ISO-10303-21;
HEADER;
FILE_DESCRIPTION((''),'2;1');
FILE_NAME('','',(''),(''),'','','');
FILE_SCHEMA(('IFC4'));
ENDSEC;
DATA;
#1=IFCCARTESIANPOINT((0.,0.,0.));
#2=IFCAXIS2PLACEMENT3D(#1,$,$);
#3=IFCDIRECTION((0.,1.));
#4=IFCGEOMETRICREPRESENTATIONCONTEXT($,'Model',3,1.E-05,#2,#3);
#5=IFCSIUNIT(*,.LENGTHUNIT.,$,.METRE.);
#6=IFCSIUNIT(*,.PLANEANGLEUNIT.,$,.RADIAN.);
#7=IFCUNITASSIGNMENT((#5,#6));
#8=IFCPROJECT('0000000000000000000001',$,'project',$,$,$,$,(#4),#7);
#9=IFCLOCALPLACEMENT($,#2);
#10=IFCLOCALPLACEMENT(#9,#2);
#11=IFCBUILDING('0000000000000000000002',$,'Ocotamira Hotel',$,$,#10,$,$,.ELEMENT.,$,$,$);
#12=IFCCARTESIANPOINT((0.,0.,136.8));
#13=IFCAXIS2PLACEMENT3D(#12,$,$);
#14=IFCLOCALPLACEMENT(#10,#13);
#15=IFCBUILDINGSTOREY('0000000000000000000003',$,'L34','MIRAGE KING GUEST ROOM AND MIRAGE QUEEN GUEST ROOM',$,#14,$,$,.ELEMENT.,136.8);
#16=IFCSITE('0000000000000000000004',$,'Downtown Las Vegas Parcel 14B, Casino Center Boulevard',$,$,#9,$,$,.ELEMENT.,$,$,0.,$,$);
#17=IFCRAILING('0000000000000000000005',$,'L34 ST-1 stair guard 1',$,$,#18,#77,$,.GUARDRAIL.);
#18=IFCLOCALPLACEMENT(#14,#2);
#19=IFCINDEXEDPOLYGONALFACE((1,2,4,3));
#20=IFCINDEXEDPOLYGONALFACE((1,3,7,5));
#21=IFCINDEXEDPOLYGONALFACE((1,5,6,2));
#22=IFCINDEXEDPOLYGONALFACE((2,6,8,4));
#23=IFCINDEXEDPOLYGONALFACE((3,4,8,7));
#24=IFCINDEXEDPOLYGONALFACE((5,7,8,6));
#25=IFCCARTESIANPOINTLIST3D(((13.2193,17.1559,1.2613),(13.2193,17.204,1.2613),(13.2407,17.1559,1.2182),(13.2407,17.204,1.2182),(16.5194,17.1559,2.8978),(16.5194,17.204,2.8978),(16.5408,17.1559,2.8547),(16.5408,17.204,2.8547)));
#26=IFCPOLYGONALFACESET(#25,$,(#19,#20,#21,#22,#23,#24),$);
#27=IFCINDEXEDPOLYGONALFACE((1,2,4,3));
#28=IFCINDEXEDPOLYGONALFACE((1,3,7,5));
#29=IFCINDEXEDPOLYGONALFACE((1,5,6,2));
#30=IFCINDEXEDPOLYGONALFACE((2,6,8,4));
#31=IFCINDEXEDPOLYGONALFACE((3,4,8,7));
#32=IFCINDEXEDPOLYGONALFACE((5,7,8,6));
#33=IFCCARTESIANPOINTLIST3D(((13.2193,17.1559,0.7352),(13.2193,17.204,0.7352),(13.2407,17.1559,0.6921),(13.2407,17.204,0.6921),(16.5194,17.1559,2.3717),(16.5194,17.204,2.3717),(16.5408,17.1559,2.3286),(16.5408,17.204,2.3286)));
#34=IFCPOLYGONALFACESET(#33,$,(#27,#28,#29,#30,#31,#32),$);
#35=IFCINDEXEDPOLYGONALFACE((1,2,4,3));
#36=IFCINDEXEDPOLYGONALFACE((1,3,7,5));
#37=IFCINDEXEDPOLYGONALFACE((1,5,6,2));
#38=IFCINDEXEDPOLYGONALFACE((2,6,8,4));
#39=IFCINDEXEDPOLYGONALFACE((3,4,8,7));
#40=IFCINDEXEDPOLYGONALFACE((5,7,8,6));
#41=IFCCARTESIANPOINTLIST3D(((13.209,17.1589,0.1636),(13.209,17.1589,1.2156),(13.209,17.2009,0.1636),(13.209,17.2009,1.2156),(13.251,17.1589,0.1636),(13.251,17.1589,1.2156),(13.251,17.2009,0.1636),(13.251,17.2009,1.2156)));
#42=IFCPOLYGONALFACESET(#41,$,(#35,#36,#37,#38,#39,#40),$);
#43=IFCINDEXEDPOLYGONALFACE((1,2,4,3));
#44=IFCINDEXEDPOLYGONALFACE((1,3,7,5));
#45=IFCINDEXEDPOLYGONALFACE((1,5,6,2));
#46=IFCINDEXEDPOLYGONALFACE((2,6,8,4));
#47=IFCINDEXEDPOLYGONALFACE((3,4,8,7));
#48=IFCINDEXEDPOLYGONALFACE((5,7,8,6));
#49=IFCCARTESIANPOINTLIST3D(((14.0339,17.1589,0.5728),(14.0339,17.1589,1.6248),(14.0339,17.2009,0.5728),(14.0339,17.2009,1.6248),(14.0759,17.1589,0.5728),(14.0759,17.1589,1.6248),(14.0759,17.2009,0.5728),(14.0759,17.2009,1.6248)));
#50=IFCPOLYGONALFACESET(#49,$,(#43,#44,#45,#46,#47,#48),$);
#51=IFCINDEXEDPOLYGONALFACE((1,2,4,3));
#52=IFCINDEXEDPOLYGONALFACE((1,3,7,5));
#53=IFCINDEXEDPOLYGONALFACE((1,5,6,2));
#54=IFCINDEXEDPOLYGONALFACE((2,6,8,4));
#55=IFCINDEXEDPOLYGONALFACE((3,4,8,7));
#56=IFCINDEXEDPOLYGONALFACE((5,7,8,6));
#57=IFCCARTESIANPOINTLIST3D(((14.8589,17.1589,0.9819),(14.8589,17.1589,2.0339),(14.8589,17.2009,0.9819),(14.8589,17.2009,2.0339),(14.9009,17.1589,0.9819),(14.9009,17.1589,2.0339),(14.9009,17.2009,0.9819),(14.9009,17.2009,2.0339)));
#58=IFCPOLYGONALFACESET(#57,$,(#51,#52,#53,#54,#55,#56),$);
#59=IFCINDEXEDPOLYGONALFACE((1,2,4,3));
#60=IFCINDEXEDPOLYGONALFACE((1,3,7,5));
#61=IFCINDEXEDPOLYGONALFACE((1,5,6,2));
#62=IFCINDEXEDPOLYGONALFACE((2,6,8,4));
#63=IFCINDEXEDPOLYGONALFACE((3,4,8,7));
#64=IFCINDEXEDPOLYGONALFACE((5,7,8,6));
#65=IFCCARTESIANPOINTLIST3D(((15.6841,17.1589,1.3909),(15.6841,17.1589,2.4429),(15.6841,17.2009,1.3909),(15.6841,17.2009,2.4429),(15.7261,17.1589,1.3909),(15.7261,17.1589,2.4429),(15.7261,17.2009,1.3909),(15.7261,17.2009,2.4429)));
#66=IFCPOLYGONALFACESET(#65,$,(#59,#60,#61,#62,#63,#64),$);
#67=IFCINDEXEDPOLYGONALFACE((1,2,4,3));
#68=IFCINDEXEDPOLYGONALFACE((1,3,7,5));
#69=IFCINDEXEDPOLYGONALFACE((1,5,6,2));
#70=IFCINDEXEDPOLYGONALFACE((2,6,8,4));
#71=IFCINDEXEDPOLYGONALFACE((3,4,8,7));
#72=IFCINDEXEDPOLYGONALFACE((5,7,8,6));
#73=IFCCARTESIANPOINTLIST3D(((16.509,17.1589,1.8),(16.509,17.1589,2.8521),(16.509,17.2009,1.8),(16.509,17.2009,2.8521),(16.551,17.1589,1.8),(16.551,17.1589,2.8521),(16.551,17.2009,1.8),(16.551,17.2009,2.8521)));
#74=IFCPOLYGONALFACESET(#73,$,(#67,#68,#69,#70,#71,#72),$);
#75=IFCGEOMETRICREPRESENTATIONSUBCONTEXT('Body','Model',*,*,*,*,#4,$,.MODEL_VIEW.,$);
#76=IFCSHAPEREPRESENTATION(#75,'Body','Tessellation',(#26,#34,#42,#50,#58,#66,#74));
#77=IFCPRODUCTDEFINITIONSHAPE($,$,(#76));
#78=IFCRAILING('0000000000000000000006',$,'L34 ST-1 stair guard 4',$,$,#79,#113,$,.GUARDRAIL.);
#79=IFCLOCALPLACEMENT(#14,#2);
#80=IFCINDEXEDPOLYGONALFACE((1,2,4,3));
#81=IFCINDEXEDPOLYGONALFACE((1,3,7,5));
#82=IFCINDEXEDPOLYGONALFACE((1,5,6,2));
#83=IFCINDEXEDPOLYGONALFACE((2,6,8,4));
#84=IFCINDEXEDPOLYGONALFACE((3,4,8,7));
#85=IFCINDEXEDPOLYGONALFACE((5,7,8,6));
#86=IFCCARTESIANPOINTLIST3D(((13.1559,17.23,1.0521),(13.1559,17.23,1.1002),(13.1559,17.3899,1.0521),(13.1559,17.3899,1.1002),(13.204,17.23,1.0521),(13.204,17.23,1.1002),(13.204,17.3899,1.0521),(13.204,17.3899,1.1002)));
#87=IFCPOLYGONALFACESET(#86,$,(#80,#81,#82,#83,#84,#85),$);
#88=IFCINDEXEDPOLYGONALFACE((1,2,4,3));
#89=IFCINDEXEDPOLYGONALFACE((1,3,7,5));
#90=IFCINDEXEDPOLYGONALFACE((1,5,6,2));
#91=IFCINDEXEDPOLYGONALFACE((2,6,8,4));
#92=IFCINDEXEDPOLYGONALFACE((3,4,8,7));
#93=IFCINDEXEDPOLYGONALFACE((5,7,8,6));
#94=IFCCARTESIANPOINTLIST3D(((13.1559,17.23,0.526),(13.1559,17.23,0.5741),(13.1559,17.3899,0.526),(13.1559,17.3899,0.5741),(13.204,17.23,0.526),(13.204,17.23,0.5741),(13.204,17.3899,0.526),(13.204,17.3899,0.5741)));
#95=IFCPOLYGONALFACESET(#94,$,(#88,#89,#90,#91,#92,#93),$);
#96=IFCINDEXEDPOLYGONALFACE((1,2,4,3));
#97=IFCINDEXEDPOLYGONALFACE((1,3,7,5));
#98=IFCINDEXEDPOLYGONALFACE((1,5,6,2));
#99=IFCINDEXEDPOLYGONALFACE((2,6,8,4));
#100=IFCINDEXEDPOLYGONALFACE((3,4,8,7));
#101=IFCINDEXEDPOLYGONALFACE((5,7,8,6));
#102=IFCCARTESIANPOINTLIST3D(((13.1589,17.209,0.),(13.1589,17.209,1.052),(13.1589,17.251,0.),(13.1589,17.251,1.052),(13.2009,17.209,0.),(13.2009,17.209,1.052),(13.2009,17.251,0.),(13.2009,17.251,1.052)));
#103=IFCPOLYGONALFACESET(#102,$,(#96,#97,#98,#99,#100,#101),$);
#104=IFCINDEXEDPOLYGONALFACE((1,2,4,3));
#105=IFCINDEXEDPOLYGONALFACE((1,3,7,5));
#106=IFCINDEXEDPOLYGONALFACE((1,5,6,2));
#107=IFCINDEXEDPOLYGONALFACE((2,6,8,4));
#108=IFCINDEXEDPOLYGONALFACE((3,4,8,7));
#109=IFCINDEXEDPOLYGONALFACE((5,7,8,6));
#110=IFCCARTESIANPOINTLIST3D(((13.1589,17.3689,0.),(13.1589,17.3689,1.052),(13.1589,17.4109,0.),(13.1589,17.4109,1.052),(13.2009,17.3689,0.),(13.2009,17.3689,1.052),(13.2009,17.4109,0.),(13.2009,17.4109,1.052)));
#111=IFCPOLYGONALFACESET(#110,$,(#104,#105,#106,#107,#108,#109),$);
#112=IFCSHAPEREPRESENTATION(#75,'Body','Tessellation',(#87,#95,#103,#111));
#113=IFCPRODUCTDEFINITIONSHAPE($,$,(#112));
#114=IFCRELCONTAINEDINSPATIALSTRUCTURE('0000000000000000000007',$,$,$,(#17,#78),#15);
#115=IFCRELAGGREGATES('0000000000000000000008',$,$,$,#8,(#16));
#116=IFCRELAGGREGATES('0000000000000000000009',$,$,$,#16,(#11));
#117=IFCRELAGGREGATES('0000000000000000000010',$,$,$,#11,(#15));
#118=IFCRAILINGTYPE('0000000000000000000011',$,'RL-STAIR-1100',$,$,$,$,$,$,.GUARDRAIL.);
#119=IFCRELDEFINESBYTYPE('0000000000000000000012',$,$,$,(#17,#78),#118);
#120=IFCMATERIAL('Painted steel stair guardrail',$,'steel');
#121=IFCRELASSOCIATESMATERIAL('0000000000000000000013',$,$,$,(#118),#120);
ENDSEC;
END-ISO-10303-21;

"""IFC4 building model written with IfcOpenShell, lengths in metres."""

from ifc_helpers import new_model, si_unit, direction, frame, origin, origin_2d, place, context, subcontext, project, spatial, rectangle, extrude, material, type_object, element, save


model = new_model("IFC4")

# Units and contexts
model_context = context("Model", 3, precision=1e-05, world=origin(), true_north=direction((0.0, 1.0)))
body_context = subcontext(model_context, "Body", "Model", "MODEL_VIEW")
ifc_project = project(units=[si_unit("LENGTHUNIT", "METRE"), si_unit("PLANEANGLEUNIT", "RADIAN")], contexts=[model_context])

# Site, building, storey
site_placement = place(None, origin())
site = spatial("IfcSite", under=ifc_project, at=site_placement, Name="Downtown Las Vegas Parcel 14B, Casino Center Boulevard", CompositionType="ELEMENT", RefElevation=0.0)
building_placement = place(site_placement, origin())
building = spatial("IfcBuilding", under=site, at=building_placement, Name="Ocotamira Hotel", CompositionType="ELEMENT")
storey_placement = place(building_placement, frame((0.0, 0.0, 136.8)))
storey = spatial("IfcBuildingStorey", under=building, at=storey_placement, Name="L34", Description="MIRAGE KING GUEST ROOM AND MIRAGE QUEEN GUEST ROOM", CompositionType="ELEMENT", Elevation=136.8)

# Railings
ifc_material_1 = material(Name="Painted steel stair guardrail", Category="steel")
railing_type_1 = type_object("IfcRailingType", Name="RL-STAIR-1100", PredefinedType="GUARDRAIL", material=ifc_material_1)
railing_1_placement = place(storey_placement, frame((13.23, 17.1799, 0.1636)))
element("IfcRailing", 1, at=railing_1_placement, inside=storey, type_object=railing_type_1, Name="L34 ST-1 stair guard 1", PredefinedType="GUARDRAIL", context=body_context, shape_type="SweptSolid", body=[
    extrude(rectangle(XDim=0.0481, YDim=0.0481, at=origin_2d()), frame((0.0, 0.0, 1.0762), z_axis=(0.895894, 0.0, 0.444268), x_axis=(0.0, 1.0, 0.0)), (0.0, 0.0, 1.0), 3.6836),
    extrude(rectangle(XDim=0.0481, YDim=0.0481, at=origin_2d()), frame((0.0, 0.0, 0.55), z_axis=(0.895894, 0.0, 0.444268), x_axis=(0.0, 1.0, 0.0)), (0.0, 0.0, 1.0), 3.6836),
    extrude(rectangle(XDim=0.042, YDim=0.042, at=origin_2d()), origin(), (0.0, 0.0, 1.0), 1.052),
    extrude(rectangle(XDim=0.042, YDim=0.042, at=origin_2d()), frame((0.825, 0.0, 0.4092)), (0.0, 0.0, 1.0), 1.052),
    extrude(rectangle(XDim=0.042, YDim=0.042, at=origin_2d()), frame((1.6499, 0.0, 0.8184)), (0.0, 0.0, 1.0), 1.052),
    extrude(rectangle(XDim=0.042, YDim=0.042, at=origin_2d()), frame((2.4751, 0.0, 1.2273)), (0.0, 0.0, 1.0), 1.052),
    extrude(rectangle(XDim=0.042, YDim=0.042, at=origin_2d()), frame((3.3, 0.0, 1.6365)), (0.0, 0.0, 1.0), 1.052),
])
railing_2_placement = place(storey_placement, frame((13.1799, 17.23, 0.0)))
element("IfcRailing", 2, at=railing_2_placement, inside=storey, type_object=railing_type_1, Name="L34 ST-1 stair guard 4", PredefinedType="GUARDRAIL", context=body_context, shape_type="SweptSolid", body=[
    extrude(rectangle(XDim=0.0481, YDim=0.0481, at=origin_2d()), frame((0.0, 0.0, 1.0762), z_axis=(0.0, 1.0, 0.0), x_axis=(-1.0, 0.0, 0.0)), (0.0, 0.0, 1.0), 0.1599),
    extrude(rectangle(XDim=0.0481, YDim=0.0481, at=origin_2d()), frame((0.0, 0.0, 0.55), z_axis=(0.0, 1.0, 0.0), x_axis=(-1.0, 0.0, 0.0)), (0.0, 0.0, 1.0), 0.1599),
    extrude(rectangle(XDim=0.042, YDim=0.042, at=origin_2d()), origin(), (0.0, 0.0, 1.0), 1.052),
    extrude(rectangle(XDim=0.042, YDim=0.042, at=origin_2d()), frame((0.0, 0.1599, 0.0)), (0.0, 0.0, 1.0), 1.052),
])

save(model, "model.ifc")
